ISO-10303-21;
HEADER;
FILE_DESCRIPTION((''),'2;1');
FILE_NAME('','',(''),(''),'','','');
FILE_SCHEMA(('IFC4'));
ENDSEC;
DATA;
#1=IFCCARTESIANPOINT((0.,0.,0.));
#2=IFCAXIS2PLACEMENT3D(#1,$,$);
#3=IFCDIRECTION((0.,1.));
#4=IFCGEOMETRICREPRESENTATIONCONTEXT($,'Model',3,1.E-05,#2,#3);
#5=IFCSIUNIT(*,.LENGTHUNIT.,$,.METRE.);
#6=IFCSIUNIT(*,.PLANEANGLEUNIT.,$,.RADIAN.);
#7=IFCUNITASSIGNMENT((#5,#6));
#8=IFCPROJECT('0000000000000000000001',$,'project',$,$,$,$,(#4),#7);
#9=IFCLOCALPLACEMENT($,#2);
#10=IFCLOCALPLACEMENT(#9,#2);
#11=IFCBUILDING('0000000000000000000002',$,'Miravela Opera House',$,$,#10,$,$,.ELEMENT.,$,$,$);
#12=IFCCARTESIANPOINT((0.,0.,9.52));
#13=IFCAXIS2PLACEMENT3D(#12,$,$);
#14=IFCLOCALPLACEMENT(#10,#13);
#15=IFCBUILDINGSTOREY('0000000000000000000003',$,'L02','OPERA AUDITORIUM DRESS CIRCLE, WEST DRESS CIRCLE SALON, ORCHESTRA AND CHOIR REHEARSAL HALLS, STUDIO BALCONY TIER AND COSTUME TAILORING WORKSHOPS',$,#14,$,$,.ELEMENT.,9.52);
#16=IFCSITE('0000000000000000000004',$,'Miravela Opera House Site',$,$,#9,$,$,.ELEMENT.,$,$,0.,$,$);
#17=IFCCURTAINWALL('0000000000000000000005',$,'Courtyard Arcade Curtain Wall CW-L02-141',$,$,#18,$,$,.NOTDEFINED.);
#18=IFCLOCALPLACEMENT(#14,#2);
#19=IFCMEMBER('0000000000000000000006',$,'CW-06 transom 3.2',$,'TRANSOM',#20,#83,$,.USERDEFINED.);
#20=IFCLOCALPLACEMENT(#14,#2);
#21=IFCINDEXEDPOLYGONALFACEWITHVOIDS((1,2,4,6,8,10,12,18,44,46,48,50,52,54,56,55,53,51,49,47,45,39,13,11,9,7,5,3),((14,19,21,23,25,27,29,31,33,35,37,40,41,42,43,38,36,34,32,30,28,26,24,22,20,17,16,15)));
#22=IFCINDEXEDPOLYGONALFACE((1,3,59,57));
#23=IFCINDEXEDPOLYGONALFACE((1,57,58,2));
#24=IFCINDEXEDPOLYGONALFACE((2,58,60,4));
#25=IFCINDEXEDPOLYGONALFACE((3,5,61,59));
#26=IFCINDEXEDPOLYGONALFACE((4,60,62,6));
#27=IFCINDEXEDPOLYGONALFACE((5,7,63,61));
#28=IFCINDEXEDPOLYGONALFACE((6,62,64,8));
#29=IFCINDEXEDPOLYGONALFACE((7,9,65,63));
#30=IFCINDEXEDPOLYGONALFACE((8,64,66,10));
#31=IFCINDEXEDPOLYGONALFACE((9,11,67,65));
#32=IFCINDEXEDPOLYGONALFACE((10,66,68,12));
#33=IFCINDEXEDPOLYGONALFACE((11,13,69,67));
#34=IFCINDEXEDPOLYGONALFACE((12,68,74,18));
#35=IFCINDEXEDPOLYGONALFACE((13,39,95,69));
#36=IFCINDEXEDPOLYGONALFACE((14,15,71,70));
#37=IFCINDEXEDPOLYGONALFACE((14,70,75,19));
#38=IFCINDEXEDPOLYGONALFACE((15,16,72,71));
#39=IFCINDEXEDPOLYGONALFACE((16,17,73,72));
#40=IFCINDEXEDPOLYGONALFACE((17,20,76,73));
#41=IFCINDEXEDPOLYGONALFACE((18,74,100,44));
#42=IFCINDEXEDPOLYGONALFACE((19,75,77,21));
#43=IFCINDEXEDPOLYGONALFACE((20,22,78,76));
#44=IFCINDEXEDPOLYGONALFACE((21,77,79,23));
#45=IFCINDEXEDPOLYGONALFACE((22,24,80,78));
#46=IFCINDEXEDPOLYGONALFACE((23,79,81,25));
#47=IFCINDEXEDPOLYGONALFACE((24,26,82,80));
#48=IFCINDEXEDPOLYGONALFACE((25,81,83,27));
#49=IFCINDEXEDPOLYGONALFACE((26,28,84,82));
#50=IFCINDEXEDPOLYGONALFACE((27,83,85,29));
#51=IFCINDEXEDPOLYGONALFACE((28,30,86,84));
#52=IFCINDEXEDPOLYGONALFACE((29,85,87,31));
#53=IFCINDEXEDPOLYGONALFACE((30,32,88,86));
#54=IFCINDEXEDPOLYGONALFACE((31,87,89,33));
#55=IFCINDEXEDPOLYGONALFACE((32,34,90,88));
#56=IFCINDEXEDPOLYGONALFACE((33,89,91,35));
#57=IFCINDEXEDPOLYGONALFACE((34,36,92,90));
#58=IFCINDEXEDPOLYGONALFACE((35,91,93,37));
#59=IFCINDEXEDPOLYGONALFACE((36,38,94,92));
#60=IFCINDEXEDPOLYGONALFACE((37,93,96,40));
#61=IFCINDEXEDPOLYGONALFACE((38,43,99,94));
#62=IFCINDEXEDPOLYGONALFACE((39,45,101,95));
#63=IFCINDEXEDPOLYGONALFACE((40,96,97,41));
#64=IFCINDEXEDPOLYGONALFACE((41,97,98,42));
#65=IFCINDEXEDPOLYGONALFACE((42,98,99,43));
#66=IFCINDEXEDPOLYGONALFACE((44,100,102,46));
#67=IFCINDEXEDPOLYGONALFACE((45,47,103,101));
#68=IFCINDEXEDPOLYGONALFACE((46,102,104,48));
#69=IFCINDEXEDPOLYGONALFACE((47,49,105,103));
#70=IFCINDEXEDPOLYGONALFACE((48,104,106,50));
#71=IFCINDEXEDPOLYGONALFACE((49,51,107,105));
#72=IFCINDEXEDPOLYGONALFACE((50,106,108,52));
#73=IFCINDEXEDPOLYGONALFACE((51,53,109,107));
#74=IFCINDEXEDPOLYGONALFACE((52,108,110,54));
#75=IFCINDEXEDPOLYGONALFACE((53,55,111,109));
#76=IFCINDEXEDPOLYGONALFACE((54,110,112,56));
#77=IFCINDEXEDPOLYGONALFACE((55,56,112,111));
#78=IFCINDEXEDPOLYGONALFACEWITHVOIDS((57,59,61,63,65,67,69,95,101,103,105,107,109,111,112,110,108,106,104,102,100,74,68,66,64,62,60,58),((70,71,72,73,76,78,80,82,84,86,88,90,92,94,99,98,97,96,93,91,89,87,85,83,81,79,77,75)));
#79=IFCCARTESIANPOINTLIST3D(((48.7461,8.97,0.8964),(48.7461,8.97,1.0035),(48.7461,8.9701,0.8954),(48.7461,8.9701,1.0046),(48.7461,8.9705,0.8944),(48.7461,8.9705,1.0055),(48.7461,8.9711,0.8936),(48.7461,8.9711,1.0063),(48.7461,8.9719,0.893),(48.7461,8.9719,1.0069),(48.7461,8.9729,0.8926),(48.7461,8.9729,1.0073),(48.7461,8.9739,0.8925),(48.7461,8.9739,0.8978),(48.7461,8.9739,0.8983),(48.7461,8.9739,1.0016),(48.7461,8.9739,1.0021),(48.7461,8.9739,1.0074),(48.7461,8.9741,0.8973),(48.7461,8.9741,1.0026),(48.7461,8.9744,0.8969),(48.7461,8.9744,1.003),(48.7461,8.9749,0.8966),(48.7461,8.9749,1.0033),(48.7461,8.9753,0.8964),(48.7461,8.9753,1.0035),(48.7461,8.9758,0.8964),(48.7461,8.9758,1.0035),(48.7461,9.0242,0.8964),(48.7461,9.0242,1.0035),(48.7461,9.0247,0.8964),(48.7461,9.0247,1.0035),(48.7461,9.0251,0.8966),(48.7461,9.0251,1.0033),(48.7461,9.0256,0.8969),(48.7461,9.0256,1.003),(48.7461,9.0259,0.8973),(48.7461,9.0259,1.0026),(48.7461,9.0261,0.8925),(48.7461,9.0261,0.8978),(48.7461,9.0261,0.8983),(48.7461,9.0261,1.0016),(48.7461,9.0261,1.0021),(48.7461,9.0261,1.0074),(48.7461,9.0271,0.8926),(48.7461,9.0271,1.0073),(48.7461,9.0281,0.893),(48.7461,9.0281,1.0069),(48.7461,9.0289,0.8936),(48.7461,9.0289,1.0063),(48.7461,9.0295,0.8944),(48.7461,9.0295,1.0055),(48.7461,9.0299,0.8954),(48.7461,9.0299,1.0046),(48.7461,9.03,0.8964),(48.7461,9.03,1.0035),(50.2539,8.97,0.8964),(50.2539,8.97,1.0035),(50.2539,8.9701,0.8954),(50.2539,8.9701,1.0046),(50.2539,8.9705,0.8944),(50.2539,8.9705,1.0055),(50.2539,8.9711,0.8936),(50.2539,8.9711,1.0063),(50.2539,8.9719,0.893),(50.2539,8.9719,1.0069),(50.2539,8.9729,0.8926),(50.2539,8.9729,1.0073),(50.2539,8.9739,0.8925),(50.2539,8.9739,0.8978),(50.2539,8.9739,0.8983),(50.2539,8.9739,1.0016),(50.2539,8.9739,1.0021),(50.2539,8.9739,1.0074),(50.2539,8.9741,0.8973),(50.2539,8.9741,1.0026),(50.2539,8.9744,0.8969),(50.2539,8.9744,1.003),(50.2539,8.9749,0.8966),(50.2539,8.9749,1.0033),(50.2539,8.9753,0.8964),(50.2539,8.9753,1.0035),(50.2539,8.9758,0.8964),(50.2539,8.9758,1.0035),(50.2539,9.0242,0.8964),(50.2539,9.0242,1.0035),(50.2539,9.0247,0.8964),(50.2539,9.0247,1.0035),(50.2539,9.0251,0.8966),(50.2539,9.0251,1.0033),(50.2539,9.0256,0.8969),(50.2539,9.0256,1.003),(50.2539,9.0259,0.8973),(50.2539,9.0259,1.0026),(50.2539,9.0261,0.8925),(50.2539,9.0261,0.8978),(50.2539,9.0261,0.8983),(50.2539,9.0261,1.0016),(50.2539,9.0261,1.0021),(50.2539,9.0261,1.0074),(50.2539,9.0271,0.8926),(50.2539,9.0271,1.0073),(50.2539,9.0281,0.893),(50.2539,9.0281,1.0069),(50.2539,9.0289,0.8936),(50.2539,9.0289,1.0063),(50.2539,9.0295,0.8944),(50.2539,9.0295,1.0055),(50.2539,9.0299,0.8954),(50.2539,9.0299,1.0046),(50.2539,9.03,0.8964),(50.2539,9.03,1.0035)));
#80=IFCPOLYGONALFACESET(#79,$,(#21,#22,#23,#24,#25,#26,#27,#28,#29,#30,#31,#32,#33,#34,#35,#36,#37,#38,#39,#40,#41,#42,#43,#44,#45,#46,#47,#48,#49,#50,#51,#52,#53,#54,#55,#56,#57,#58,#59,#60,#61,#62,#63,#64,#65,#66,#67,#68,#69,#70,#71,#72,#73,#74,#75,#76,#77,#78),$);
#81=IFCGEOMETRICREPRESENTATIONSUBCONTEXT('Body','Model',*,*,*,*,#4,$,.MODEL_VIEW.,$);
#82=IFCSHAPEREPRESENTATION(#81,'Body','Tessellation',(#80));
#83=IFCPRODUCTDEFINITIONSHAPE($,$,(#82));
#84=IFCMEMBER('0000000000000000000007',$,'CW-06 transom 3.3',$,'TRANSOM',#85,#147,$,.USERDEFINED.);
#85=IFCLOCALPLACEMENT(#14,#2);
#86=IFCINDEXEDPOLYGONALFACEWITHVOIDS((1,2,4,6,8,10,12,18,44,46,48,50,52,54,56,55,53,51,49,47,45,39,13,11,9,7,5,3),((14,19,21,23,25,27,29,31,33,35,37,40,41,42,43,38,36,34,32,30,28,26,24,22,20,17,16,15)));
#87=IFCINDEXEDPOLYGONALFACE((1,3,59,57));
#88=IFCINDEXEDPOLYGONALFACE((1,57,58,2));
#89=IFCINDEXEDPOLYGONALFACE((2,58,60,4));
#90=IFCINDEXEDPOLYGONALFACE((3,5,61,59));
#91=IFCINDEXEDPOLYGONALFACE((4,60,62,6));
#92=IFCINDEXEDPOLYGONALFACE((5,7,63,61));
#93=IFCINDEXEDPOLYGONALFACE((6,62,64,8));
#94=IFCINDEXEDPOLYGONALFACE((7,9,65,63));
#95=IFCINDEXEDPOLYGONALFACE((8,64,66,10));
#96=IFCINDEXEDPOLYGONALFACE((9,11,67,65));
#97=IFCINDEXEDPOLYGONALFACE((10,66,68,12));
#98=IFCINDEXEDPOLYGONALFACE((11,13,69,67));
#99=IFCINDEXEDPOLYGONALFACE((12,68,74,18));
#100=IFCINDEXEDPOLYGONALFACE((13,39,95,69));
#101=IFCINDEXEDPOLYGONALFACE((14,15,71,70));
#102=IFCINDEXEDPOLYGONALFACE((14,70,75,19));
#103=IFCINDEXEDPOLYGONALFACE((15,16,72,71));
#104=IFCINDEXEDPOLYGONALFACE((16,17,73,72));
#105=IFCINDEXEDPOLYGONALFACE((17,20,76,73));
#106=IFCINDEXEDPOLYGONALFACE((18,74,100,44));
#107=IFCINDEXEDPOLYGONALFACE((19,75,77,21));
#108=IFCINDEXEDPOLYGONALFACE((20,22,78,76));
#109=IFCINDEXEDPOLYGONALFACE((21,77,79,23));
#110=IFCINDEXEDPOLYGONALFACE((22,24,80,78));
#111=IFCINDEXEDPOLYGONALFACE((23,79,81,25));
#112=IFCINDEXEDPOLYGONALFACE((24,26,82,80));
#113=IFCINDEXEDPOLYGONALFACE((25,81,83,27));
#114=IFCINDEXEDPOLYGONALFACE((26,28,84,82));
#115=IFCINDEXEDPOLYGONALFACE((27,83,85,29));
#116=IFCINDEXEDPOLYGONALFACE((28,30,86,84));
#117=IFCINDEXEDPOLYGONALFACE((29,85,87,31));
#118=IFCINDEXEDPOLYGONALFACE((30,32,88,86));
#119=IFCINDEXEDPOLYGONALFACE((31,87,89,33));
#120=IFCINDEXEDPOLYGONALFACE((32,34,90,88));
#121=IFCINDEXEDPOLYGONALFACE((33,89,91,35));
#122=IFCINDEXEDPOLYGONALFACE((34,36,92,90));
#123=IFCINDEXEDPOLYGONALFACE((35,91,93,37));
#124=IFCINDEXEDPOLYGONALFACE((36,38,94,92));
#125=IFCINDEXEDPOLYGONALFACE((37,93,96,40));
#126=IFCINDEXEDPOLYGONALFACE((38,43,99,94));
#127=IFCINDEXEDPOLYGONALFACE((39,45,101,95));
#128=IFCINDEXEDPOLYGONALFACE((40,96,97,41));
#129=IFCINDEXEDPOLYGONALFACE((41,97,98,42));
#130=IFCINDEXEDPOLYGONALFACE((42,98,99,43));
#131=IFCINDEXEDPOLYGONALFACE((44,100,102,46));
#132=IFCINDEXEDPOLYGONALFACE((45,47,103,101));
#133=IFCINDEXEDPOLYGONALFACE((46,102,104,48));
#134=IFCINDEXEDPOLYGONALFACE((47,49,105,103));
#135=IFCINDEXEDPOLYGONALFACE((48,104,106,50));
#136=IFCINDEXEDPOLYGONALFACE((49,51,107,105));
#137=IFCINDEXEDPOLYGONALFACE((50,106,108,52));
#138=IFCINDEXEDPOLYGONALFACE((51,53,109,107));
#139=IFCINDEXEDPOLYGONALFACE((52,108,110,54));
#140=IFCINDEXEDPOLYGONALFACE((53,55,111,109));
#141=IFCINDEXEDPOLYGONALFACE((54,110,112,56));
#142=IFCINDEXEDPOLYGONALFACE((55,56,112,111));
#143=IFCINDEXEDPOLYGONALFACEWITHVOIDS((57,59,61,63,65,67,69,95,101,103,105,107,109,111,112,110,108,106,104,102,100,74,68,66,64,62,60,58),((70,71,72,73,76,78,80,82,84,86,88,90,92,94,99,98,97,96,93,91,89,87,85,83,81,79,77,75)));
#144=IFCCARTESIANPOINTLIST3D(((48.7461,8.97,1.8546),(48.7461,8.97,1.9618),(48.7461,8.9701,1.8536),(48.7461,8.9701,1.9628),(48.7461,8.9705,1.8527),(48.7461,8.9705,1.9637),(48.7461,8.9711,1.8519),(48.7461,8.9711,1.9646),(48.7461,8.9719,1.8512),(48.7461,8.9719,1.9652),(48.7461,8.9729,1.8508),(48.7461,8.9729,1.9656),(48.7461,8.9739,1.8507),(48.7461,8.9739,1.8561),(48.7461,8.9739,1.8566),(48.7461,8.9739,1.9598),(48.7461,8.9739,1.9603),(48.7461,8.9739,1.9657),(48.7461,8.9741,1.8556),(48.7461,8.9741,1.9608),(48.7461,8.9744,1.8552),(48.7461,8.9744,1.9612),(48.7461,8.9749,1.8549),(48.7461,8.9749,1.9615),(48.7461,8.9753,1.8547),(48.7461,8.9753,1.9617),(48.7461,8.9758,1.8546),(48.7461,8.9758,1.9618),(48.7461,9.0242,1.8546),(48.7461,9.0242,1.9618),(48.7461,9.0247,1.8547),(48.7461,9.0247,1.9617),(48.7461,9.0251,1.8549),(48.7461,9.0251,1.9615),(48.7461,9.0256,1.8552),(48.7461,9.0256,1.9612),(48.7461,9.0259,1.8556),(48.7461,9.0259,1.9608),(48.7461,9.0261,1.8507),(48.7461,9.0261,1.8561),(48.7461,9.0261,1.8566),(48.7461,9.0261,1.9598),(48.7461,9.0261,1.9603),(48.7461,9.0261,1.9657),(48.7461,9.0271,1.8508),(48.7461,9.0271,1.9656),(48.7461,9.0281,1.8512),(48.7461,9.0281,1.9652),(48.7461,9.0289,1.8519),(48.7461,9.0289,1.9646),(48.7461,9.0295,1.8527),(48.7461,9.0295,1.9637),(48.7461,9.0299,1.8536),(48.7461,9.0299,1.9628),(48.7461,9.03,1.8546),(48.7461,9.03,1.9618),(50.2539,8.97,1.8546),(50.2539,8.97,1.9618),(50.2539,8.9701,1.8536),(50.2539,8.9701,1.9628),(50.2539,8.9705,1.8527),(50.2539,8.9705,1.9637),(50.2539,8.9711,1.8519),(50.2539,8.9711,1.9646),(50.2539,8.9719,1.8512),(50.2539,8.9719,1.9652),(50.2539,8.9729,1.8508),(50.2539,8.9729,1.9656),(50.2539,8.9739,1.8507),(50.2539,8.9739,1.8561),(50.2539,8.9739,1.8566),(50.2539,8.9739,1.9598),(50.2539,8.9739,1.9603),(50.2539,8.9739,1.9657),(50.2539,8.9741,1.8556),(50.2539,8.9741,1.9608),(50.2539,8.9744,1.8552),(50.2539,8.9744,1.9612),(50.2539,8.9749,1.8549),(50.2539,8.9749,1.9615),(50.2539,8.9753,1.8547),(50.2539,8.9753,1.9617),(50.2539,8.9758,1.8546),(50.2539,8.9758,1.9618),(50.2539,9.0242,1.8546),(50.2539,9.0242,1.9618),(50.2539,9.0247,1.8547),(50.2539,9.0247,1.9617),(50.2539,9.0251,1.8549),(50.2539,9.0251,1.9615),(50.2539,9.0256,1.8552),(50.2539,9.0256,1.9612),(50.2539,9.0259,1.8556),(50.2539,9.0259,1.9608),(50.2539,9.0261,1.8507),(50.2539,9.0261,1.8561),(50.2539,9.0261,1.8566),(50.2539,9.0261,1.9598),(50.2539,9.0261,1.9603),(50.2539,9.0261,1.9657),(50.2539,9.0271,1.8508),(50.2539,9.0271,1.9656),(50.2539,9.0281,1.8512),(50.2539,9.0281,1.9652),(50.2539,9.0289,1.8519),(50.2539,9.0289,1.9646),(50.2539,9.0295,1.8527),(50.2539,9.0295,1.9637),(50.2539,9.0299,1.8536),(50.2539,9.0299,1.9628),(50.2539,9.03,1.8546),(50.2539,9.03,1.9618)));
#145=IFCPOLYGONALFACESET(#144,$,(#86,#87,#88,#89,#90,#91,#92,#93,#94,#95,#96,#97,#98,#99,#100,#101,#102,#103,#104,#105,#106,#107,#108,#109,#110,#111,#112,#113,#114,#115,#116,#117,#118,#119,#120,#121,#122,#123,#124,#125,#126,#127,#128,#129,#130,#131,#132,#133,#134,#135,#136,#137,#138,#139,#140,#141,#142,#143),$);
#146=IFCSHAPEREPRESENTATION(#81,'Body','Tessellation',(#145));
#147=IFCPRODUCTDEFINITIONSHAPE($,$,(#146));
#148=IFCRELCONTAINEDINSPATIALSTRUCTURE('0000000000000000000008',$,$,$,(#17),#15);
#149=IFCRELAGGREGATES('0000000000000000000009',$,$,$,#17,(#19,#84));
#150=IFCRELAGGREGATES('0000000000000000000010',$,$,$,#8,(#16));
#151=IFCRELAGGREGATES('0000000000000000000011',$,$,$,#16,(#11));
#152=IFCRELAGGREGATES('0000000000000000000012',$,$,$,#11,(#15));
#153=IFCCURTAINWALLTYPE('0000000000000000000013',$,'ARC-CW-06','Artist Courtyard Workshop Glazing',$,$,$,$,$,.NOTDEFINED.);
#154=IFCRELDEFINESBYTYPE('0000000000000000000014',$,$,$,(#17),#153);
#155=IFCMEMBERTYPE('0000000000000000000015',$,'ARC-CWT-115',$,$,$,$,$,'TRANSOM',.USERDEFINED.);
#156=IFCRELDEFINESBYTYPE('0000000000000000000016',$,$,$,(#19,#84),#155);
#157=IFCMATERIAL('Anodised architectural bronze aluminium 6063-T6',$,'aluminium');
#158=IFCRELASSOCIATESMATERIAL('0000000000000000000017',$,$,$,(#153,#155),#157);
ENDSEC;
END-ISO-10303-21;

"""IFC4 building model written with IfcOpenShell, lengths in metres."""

from ifc_helpers import new_model, si_unit, direction, frame, origin, origin_2d, place, context, subcontext, project, spatial, hollow_rectangle, extrude, material, material_profile, profile_set, type_object, element, aggregate, save


model = new_model("IFC4")

# Units and contexts
model_context = context("Model", 3, precision=1e-05, world=origin(), true_north=direction((0.0, 1.0)))
body_context = subcontext(model_context, "Body", "Model", "MODEL_VIEW")
ifc_project = project(units=[si_unit("LENGTHUNIT", "METRE"), si_unit("PLANEANGLEUNIT", "RADIAN")], contexts=[model_context])

# Site, building, storey
site_placement = place(None, origin())
site = spatial("IfcSite", under=ifc_project, at=site_placement, Name="Miravela Opera House Site", CompositionType="ELEMENT", RefElevation=0.0)
building_placement = place(site_placement, origin())
building = spatial("IfcBuilding", under=site, at=building_placement, Name="Miravela Opera House", CompositionType="ELEMENT")
storey_placement = place(building_placement, frame((0.0, 0.0, 9.52)))
storey = spatial("IfcBuildingStorey", under=building, at=storey_placement, Name="L02", Description="OPERA AUDITORIUM DRESS CIRCLE, WEST DRESS CIRCLE SALON, ORCHESTRA AND CHOIR REHEARSAL HALLS, STUDIO BALCONY TIER AND COSTUME TAILORING WORKSHOPS", CompositionType="ELEMENT", Elevation=9.52)

# Curtain wall, members
ifc_material_1 = material(Name="Anodised architectural bronze aluminium 6063-T6", Category="aluminium")
curtain_wall_type = type_object("IfcCurtainWallType", Name="ARC-CW-06", Description="Artist Courtyard Workshop Glazing", PredefinedType="NOTDEFINED", material=ifc_material_1)
curtain_wall_placement = place(storey_placement, origin())
curtain_wall = element("IfcCurtainWall", 1, at=curtain_wall_placement, inside=storey, type_object=curtain_wall_type, Name="Courtyard Arcade Curtain Wall CW-L02-141", PredefinedType="NOTDEFINED")
ifc_material_profile_1 = material_profile(ifc_material_1, hollow_rectangle(XDim=0.0601, YDim=0.115, WallThickness=0.0039, InnerFilletRadius=0.002, OuterFilletRadius=0.0039, at=origin_2d()), Name="CWT-60X115")
ifc_profile_set_1 = profile_set([ifc_material_profile_1])
member_type_1 = type_object("IfcMemberType", Name="ARC-CWT-115", ElementType="TRANSOM", PredefinedType="USERDEFINED", material=ifc_profile_set_1)
member_1_placement = place(storey_placement, frame((48.7461, 9.0, 0.95), z_axis=(1.0, 0.0, 0.0), x_axis=(0.0, 1.0, 0.0)))
member_1 = element("IfcMember", 2, at=member_1_placement, type_object=member_type_1, Name="CW-06 transom 3.2", ObjectType="TRANSOM", PredefinedType="USERDEFINED", context=body_context, shape_type="SweptSolid", body=[
    extrude(hollow_rectangle(XDim=0.0601, YDim=0.115, WallThickness=0.0039, InnerFilletRadius=0.002, OuterFilletRadius=0.0039, at=origin_2d()), origin(), (0.0, 0.0, 1.0), 1.5078),
])
member_2_placement = place(storey_placement, frame((48.7461, 9.0, 1.9082), z_axis=(1.0, 0.0, 0.0), x_axis=(0.0, 1.0, 0.0)))
member_2 = element("IfcMember", 3, at=member_2_placement, type_object=member_type_1, Name="CW-06 transom 3.3", ObjectType="TRANSOM", PredefinedType="USERDEFINED", context=body_context, shape_type="SweptSolid", body=[
    extrude(hollow_rectangle(XDim=0.0601, YDim=0.115, WallThickness=0.0039, InnerFilletRadius=0.002, OuterFilletRadius=0.0039, at=origin_2d()), origin(), (0.0, 0.0, 1.0), 1.5078),
])
aggregate(curtain_wall, [member_1, member_2])

save(model, "model.ifc")
